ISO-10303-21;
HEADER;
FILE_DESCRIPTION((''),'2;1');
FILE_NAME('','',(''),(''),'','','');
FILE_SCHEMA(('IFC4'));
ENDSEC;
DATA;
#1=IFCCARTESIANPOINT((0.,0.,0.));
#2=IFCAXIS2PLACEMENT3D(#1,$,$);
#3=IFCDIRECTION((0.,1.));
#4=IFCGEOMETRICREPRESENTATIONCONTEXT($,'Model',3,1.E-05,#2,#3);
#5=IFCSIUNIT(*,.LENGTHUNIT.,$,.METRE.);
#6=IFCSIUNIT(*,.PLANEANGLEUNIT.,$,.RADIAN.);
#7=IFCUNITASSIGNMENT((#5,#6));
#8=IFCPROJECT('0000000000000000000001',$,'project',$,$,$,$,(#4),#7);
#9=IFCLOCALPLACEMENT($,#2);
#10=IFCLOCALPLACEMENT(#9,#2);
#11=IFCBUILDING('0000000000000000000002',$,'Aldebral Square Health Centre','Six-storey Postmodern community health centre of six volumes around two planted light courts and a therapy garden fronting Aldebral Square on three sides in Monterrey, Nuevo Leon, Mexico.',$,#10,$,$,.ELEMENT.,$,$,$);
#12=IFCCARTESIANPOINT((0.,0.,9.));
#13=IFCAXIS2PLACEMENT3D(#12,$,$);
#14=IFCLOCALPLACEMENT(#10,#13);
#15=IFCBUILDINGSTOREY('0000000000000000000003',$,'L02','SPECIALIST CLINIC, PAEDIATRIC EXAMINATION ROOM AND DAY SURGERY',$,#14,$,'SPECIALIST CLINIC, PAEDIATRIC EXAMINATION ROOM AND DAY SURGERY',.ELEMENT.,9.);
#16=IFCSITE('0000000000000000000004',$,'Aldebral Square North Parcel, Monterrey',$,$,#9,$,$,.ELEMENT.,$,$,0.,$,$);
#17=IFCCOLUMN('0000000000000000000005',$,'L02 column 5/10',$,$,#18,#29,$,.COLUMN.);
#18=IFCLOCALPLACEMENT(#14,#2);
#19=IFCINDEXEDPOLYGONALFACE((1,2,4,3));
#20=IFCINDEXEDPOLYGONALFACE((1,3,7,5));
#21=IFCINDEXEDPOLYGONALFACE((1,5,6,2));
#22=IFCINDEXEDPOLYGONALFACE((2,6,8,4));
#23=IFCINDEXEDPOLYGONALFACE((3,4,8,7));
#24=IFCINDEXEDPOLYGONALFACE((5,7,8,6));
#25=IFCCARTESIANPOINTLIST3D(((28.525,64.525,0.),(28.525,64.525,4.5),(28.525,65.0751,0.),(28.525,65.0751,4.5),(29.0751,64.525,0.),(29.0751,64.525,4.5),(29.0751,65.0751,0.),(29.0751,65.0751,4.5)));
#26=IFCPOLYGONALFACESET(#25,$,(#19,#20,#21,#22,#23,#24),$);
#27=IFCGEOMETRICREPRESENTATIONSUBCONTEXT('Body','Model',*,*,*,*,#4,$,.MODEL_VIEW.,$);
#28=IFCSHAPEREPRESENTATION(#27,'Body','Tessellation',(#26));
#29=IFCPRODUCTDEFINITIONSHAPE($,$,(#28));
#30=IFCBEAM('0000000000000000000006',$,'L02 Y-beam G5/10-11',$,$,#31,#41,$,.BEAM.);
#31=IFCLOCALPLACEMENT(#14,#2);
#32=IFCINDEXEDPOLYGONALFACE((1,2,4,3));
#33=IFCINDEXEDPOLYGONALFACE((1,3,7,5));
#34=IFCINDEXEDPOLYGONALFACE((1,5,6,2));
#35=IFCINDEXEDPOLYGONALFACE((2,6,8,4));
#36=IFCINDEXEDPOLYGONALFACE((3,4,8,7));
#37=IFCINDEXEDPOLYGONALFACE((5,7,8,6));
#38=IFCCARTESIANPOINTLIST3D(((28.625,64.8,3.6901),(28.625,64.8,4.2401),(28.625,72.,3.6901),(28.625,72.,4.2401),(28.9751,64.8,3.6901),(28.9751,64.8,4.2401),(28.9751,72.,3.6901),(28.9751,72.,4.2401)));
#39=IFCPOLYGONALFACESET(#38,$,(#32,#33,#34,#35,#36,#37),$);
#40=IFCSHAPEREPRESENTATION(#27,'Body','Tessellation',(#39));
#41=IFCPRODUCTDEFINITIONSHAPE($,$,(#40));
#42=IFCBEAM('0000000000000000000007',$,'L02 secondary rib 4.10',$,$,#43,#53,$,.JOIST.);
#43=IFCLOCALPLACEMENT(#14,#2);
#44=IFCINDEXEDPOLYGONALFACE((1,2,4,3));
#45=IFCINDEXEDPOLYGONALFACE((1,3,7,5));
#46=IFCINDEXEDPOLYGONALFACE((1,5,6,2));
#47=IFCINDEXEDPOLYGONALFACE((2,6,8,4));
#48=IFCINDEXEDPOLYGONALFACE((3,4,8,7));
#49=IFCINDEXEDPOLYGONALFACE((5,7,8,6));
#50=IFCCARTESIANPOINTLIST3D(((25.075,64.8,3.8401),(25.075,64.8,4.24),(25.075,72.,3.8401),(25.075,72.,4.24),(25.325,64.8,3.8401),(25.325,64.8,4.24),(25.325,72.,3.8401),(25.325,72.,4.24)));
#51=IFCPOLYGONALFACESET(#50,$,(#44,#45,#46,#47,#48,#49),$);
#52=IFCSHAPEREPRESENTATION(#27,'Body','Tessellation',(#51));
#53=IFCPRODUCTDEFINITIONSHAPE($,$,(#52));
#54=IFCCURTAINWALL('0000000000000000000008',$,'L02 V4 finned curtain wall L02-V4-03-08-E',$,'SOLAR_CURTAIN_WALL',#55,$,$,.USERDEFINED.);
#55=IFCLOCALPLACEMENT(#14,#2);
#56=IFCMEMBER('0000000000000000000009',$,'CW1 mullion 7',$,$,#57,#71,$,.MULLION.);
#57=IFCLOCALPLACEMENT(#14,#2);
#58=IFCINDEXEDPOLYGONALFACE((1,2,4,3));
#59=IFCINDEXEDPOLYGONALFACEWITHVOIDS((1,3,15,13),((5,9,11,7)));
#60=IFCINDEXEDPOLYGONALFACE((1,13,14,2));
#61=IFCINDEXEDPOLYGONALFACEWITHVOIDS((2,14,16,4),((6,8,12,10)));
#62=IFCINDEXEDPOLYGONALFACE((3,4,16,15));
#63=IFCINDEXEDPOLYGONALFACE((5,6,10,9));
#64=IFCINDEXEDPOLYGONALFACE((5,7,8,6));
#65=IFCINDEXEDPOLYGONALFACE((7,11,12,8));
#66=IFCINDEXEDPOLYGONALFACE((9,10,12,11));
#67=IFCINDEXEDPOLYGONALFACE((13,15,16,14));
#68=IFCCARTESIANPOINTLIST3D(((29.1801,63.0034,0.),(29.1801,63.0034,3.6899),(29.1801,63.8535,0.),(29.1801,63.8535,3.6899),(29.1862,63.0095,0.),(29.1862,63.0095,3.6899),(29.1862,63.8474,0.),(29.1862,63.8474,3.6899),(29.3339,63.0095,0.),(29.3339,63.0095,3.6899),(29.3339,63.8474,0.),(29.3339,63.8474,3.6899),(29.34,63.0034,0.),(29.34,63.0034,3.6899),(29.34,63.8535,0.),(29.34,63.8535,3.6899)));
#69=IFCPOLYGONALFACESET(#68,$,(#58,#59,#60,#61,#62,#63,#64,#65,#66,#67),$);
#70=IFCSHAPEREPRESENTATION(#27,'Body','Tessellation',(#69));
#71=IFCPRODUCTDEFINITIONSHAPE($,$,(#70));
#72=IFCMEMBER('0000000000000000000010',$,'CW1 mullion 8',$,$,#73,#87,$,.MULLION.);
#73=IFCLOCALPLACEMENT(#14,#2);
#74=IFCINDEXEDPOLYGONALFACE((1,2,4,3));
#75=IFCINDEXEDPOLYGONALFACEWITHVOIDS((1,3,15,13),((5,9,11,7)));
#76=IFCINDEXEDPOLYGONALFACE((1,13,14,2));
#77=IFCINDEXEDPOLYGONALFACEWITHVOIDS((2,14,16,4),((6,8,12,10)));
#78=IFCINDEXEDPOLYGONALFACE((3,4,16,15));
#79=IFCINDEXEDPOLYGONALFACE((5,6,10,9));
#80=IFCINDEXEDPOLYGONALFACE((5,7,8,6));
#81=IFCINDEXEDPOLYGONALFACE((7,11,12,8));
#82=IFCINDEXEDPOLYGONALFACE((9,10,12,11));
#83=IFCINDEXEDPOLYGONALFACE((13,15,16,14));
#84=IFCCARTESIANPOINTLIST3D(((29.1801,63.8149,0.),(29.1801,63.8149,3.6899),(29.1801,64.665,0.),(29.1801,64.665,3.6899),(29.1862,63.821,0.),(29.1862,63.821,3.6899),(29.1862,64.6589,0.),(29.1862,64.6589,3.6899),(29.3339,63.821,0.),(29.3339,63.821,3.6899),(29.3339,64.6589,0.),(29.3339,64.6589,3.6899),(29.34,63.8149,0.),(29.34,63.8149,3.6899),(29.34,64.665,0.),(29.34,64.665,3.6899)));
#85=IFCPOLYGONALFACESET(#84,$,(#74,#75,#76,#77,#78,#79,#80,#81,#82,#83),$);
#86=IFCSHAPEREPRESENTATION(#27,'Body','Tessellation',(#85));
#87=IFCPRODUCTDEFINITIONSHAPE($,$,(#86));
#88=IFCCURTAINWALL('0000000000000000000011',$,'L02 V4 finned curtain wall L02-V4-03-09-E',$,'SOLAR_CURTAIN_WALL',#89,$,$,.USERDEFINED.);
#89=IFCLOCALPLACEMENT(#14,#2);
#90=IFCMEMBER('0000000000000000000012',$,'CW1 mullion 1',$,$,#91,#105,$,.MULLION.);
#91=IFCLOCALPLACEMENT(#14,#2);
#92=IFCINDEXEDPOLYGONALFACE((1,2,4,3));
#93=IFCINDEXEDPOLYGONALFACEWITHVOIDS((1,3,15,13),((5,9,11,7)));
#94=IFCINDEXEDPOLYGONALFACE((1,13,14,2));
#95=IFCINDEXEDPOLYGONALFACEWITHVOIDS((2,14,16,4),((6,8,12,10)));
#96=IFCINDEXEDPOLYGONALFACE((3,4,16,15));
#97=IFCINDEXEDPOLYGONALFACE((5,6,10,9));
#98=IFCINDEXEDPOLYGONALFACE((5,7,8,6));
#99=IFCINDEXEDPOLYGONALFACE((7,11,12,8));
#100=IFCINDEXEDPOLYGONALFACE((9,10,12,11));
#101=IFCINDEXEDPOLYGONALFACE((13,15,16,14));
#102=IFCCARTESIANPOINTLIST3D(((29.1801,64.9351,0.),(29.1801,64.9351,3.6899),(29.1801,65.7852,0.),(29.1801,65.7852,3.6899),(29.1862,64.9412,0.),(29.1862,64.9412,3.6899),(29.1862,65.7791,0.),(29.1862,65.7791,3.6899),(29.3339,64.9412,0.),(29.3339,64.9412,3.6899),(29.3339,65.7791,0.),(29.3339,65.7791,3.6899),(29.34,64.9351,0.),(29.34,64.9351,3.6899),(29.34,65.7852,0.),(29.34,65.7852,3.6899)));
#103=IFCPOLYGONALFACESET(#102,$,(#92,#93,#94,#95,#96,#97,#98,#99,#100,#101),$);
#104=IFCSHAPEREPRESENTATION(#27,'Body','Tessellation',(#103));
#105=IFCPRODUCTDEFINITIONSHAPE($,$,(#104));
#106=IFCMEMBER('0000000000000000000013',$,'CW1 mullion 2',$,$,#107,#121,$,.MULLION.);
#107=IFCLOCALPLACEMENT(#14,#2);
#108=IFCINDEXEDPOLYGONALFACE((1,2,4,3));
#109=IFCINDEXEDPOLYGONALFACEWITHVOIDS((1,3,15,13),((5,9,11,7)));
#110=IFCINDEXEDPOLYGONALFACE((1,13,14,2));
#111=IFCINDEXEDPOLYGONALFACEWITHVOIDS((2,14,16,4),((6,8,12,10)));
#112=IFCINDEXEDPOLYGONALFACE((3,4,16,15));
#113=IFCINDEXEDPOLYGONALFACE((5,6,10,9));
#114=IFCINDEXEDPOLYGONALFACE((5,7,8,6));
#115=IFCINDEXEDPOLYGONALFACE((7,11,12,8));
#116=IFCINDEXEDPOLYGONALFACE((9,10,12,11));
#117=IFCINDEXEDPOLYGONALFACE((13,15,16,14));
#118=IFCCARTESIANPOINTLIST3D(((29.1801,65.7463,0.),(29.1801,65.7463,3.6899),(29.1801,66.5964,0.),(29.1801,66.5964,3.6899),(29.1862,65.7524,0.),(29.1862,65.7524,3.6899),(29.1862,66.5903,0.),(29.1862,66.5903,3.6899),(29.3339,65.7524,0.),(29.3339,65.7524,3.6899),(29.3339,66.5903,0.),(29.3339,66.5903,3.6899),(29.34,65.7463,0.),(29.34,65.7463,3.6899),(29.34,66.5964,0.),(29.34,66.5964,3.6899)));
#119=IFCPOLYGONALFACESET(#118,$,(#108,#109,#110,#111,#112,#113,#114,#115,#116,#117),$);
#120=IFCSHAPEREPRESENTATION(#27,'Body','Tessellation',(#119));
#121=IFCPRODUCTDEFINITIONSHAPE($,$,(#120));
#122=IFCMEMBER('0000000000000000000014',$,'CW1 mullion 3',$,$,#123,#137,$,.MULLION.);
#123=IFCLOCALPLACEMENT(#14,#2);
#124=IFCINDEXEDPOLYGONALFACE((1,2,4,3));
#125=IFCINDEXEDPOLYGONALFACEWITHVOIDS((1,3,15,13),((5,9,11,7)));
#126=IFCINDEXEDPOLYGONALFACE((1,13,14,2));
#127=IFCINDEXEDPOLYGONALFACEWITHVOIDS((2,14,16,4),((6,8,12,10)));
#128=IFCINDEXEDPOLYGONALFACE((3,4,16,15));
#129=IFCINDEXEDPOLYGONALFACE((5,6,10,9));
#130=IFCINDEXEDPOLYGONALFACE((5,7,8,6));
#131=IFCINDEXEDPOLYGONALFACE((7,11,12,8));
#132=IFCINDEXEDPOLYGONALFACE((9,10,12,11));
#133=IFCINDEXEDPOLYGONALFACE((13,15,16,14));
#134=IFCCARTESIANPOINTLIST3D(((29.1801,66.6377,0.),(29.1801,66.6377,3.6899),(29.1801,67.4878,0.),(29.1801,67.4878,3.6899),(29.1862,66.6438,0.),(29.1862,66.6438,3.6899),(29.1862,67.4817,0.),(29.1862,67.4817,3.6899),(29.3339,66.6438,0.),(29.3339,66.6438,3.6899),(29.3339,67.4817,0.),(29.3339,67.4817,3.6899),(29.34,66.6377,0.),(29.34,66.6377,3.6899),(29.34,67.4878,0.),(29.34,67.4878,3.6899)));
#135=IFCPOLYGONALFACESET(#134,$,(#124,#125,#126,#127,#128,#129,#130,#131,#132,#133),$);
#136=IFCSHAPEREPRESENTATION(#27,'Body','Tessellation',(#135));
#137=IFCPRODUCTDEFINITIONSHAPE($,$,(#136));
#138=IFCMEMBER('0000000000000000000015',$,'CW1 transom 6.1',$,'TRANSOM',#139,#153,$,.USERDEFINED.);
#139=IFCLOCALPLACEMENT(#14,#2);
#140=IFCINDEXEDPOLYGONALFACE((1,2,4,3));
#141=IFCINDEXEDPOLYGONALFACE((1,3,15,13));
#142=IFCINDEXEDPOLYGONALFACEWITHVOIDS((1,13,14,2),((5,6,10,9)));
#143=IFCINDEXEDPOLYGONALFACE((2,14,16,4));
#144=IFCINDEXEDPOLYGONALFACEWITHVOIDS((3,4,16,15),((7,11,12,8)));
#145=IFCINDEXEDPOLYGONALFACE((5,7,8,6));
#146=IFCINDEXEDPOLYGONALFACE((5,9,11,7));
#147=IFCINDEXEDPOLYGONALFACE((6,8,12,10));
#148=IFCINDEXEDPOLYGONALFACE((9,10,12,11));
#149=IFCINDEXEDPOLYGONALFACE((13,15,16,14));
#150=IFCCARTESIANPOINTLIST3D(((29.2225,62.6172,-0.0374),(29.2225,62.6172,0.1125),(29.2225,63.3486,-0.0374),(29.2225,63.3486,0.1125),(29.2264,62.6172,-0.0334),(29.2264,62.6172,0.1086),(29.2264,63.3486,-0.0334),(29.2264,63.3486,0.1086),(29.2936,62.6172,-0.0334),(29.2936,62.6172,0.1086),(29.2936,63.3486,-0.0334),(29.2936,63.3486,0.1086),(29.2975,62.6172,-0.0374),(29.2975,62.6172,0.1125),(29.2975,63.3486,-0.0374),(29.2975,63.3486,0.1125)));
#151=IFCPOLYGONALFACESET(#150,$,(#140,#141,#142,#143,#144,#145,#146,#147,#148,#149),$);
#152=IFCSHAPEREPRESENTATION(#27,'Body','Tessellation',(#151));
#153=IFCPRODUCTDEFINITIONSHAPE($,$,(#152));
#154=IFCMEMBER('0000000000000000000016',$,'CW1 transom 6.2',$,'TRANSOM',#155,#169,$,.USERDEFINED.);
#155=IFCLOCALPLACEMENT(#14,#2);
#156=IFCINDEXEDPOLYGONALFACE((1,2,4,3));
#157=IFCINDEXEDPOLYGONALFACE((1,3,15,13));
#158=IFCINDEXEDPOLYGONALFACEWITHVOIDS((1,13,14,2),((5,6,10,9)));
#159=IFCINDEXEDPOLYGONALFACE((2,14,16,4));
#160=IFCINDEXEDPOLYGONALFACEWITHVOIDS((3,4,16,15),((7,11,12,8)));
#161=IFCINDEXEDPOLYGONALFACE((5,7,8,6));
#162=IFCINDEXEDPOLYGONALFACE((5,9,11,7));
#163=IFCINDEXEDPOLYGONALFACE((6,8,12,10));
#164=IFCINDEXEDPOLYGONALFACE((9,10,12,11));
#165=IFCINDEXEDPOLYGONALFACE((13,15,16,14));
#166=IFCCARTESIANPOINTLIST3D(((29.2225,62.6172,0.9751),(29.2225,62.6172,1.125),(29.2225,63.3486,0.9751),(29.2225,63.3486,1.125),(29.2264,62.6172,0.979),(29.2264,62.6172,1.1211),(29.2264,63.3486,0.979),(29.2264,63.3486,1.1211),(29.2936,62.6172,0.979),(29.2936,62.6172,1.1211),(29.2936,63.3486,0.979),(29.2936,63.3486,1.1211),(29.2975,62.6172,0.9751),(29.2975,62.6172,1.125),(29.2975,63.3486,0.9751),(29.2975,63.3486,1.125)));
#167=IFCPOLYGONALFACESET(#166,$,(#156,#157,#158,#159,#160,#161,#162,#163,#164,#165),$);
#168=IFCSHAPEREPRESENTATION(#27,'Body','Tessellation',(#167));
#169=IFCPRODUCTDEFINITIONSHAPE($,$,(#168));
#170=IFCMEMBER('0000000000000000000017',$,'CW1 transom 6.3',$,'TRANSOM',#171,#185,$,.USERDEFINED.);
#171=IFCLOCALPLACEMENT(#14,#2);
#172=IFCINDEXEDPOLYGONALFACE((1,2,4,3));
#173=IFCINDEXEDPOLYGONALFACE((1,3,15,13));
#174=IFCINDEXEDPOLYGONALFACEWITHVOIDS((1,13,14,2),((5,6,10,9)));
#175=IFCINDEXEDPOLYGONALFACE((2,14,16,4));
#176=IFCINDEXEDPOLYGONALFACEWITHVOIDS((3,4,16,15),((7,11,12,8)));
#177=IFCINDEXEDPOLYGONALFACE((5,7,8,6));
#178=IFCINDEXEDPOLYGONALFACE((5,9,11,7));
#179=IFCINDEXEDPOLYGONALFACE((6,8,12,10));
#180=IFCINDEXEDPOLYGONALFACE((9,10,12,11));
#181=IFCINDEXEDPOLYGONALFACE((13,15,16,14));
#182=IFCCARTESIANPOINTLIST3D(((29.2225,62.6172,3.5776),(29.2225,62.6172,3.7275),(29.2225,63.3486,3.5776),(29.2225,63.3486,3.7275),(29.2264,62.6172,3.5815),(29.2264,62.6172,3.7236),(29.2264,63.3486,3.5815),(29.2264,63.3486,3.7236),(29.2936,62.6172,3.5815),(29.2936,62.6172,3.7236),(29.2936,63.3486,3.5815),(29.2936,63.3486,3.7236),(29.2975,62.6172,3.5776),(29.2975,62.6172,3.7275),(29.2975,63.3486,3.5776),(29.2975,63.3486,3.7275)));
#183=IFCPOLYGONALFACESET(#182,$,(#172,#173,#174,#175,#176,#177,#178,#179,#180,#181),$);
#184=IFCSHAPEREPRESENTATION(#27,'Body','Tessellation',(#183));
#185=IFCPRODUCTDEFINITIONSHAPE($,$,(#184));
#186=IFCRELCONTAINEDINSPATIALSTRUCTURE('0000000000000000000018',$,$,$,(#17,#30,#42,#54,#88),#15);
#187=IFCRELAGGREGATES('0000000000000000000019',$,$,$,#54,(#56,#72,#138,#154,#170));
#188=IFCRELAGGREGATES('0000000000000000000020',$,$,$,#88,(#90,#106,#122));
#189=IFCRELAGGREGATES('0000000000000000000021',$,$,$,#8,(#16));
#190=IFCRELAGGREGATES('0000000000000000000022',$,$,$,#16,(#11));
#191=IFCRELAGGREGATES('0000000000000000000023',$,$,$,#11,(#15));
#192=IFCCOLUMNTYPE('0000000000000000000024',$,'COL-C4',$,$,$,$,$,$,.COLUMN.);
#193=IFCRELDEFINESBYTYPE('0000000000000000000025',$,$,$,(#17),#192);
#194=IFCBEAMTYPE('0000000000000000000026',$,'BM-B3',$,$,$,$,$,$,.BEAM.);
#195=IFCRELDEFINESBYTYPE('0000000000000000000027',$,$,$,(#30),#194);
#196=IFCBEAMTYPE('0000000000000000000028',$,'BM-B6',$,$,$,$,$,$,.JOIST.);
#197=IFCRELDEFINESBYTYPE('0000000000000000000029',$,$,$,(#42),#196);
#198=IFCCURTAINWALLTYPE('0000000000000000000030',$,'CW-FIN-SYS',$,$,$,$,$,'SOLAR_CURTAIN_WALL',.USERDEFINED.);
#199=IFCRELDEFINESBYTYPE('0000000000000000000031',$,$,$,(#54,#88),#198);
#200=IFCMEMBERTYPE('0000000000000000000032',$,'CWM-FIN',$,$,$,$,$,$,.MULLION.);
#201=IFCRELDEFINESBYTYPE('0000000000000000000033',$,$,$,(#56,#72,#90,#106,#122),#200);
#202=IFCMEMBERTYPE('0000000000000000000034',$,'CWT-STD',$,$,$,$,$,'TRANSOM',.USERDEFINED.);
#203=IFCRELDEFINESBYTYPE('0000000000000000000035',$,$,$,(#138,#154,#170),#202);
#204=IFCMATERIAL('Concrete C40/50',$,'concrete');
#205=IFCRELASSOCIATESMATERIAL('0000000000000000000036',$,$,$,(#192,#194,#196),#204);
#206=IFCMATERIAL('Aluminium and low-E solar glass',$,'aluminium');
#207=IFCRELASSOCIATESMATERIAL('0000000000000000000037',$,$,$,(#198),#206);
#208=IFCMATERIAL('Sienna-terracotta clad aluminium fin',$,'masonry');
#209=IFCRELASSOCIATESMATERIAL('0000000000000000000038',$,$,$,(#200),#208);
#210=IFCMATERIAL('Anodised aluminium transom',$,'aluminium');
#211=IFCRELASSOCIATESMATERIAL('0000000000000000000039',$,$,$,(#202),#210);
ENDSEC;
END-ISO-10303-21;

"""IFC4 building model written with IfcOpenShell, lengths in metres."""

from ifc_helpers import new_model, si_unit, direction, frame, origin, origin_2d, place, context, subcontext, project, spatial, rectangle, hollow_rectangle, extrude, material, material_profile, profile_set, type_object, element, aggregate, save


model = new_model("IFC4")

# Units and contexts
model_context = context("Model", 3, precision=1e-05, world=origin(), true_north=direction((0.0, 1.0)))
body_context = subcontext(model_context, "Body", "Model", "MODEL_VIEW")
ifc_project = project(units=[si_unit("LENGTHUNIT", "METRE"), si_unit("PLANEANGLEUNIT", "RADIAN")], contexts=[model_context])

# Site, building, storey
site_placement = place(None, origin())
site = spatial("IfcSite", under=ifc_project, at=site_placement, Name="Aldebral Square North Parcel, Monterrey", CompositionType="ELEMENT", RefElevation=0.0)
building_placement = place(site_placement, origin())
building = spatial("IfcBuilding", under=site, at=building_placement, Name="Aldebral Square Health Centre", Description="Six-storey Postmodern community health centre of six volumes around two planted light courts and a therapy garden fronting Aldebral Square on three sides in Monterrey, Nuevo Leon, Mexico.", CompositionType="ELEMENT")
storey_placement = place(building_placement, frame((0.0, 0.0, 9.0)))
storey = spatial("IfcBuildingStorey", under=building, at=storey_placement, Name="L02", Description="SPECIALIST CLINIC, PAEDIATRIC EXAMINATION ROOM AND DAY SURGERY", LongName="SPECIALIST CLINIC, PAEDIATRIC EXAMINATION ROOM AND DAY SURGERY", CompositionType="ELEMENT", Elevation=9.0)

# Column
ifc_material_1 = material(Name="Concrete C40/50", Category="concrete")
ifc_material_profile_1 = material_profile(ifc_material_1, rectangle(XDim=0.55, YDim=0.55, at=origin_2d()), Name="RC 550x550")
ifc_profile_set_1 = profile_set([ifc_material_profile_1], Name="Concrete C40/50")
column_type = type_object("IfcColumnType", Name="COL-C4", PredefinedType="COLUMN", material=ifc_profile_set_1)
column_placement = place(storey_placement, frame((28.8, 64.8, 0.0), z_axis=(0.0, 0.0, 1.0), x_axis=(1.0, 0.0, 0.0)))
element("IfcColumn", 1, at=column_placement, inside=storey, type_object=column_type, Name="L02 column 5/10", PredefinedType="COLUMN", context=body_context, shape_type="SweptSolid", body=[
    extrude(rectangle(XDim=0.55, YDim=0.55, at=origin_2d()), origin(), (0.0, 0.0, 1.0), 4.5),
])

# Beams
ifc_material_profile_2 = material_profile(ifc_material_1, rectangle(XDim=0.3501, YDim=0.55, at=origin_2d()), Name="RC 350x550")
ifc_profile_set_2 = profile_set([ifc_material_profile_2], Name="Concrete C40/50")
beam_type_1 = type_object("IfcBeamType", Name="BM-B3", PredefinedType="BEAM", material=ifc_profile_set_2)
beam_1_placement = place(storey_placement, frame((28.8, 64.8, 3.9651), z_axis=(0.0, 1.0, 0.0), x_axis=(-1.0, 0.0, 0.0)))
element("IfcBeam", 2, at=beam_1_placement, inside=storey, type_object=beam_type_1, Name="L02 Y-beam G5/10-11", PredefinedType="BEAM", context=body_context, shape_type="SweptSolid", body=[
    extrude(rectangle(XDim=0.3501, YDim=0.55, at=origin_2d()), origin(), (0.0, 0.0, 1.0), 7.2),
])
ifc_material_profile_3 = material_profile(ifc_material_1, rectangle(XDim=0.25, YDim=0.3999, at=origin_2d()), Name="RC 250x400")
ifc_profile_set_3 = profile_set([ifc_material_profile_3], Name="Concrete C40/50")
beam_type_2 = type_object("IfcBeamType", Name="BM-B6", PredefinedType="JOIST", material=ifc_profile_set_3)
beam_2_placement = place(storey_placement, frame((25.2, 64.8, 4.04), z_axis=(0.0, 1.0, 0.0), x_axis=(-1.0, 0.0, 0.0)))
element("IfcBeam", 3, at=beam_2_placement, inside=storey, type_object=beam_type_2, Name="L02 secondary rib 4.10", PredefinedType="JOIST", context=body_context, shape_type="SweptSolid", body=[
    extrude(rectangle(XDim=0.25, YDim=0.3999, at=origin_2d()), origin(), (0.0, 0.0, 1.0), 7.2),
])

# Curtain walls, members
ifc_material_2 = material(Name="Aluminium and low-E solar glass", Category="aluminium")
curtain_wall_type = type_object("IfcCurtainWallType", Name="CW-FIN-SYS", ElementType="SOLAR_CURTAIN_WALL", PredefinedType="USERDEFINED", material=ifc_material_2)
curtain_wall_1_placement = place(storey_placement, origin())
curtain_wall_1 = element("IfcCurtainWall", 4, at=curtain_wall_1_placement, inside=storey, type_object=curtain_wall_type, Name="L02 V4 finned curtain wall L02-V4-03-08-E", ObjectType="SOLAR_CURTAIN_WALL", PredefinedType="USERDEFINED")
ifc_material_3 = material(Name="Sienna-terracotta clad aluminium fin", Category="masonry")
ifc_material_profile_4 = material_profile(ifc_material_3, hollow_rectangle(XDim=0.1599, YDim=0.8501, WallThickness=0.0061, at=origin_2d()), Name="FIN 160x850x6")
ifc_profile_set_4 = profile_set([ifc_material_profile_4], Name="Sienna-terracotta clad aluminium fin")
member_type_1 = type_object("IfcMemberType", Name="CWM-FIN", PredefinedType="MULLION", material=ifc_profile_set_4)
member_1_placement = place(storey_placement, frame((29.26, 63.4285, 0.0), z_axis=(0.0, 0.0, 1.0), x_axis=(-1.0, 0.0, 0.0)))
member_1 = element("IfcMember", 5, at=member_1_placement, type_object=member_type_1, Name="CW1 mullion 7", PredefinedType="MULLION", context=body_context, shape_type="SweptSolid", body=[
    extrude(hollow_rectangle(XDim=0.1599, YDim=0.8501, WallThickness=0.0061, at=origin_2d()), origin(), (0.0, 0.0, 1.0), 3.6899),
])
member_2_placement = place(storey_placement, frame((29.26, 64.24, 0.0), z_axis=(0.0, 0.0, 1.0), x_axis=(-1.0, 0.0, 0.0)))
member_2 = element("IfcMember", 6, at=member_2_placement, type_object=member_type_1, Name="CW1 mullion 8", PredefinedType="MULLION", context=body_context, shape_type="SweptSolid", body=[
    extrude(hollow_rectangle(XDim=0.1599, YDim=0.8501, WallThickness=0.0061, at=origin_2d()), origin(), (0.0, 0.0, 1.0), 3.6899),
])
curtain_wall_2_placement = place(storey_placement, origin())
curtain_wall_2 = element("IfcCurtainWall", 7, at=curtain_wall_2_placement, inside=storey, type_object=curtain_wall_type, Name="L02 V4 finned curtain wall L02-V4-03-09-E", ObjectType="SOLAR_CURTAIN_WALL", PredefinedType="USERDEFINED")
member_3_placement = place(storey_placement, frame((29.26, 65.3601, 0.0), z_axis=(0.0, 0.0, 1.0), x_axis=(-1.0, 0.0, 0.0)))
member_3 = element("IfcMember", 8, at=member_3_placement, type_object=member_type_1, Name="CW1 mullion 1", PredefinedType="MULLION", context=body_context, shape_type="SweptSolid", body=[
    extrude(hollow_rectangle(XDim=0.1599, YDim=0.8501, WallThickness=0.0061, at=origin_2d()), origin(), (0.0, 0.0, 1.0), 3.6899),
])
member_4_placement = place(storey_placement, frame((29.26, 66.1714, 0.0), z_axis=(0.0, 0.0, 1.0), x_axis=(-1.0, 0.0, 0.0)))
member_4 = element("IfcMember", 9, at=member_4_placement, type_object=member_type_1, Name="CW1 mullion 2", PredefinedType="MULLION", context=body_context, shape_type="SweptSolid", body=[
    extrude(hollow_rectangle(XDim=0.1599, YDim=0.8501, WallThickness=0.0061, at=origin_2d()), origin(), (0.0, 0.0, 1.0), 3.6899),
])
member_5_placement = place(storey_placement, frame((29.26, 67.0627, 0.0), z_axis=(0.0, 0.0, 1.0), x_axis=(-1.0, 0.0, 0.0)))
member_5 = element("IfcMember", 10, at=member_5_placement, type_object=member_type_1, Name="CW1 mullion 3", PredefinedType="MULLION", context=body_context, shape_type="SweptSolid", body=[
    extrude(hollow_rectangle(XDim=0.1599, YDim=0.8501, WallThickness=0.0061, at=origin_2d()), origin(), (0.0, 0.0, 1.0), 3.6899),
])

# Members
ifc_material_4 = material(Name="Anodised aluminium transom", Category="aluminium")
ifc_material_profile_5 = material_profile(ifc_material_4, hollow_rectangle(XDim=0.075, YDim=0.1499, WallThickness=0.0039, at=origin_2d()), Name="CWT 75x150x4")
ifc_profile_set_5 = profile_set([ifc_material_profile_5], Name="Anodised aluminium transom")
member_type_2 = type_object("IfcMemberType", Name="CWT-STD", ElementType="TRANSOM", PredefinedType="USERDEFINED", material=ifc_profile_set_5)
member_6_placement = place(storey_placement, frame((29.26, 62.6172, 0.0376), z_axis=(0.0, 1.0, 0.0), x_axis=(-1.0, 0.0, 0.0)))
member_6 = element("IfcMember", 11, at=member_6_placement, type_object=member_type_2, Name="CW1 transom 6.1", ObjectType="TRANSOM", PredefinedType="USERDEFINED", context=body_context, shape_type="SweptSolid", body=[
    extrude(hollow_rectangle(XDim=0.075, YDim=0.1499, WallThickness=0.0039, at=origin_2d()), origin(), (0.0, 0.0, 1.0), 0.7314),
])
member_7_placement = place(storey_placement, frame((29.26, 62.6172, 1.05), z_axis=(0.0, 1.0, 0.0), x_axis=(-1.0, 0.0, 0.0)))
member_7 = element("IfcMember", 12, at=member_7_placement, type_object=member_type_2, Name="CW1 transom 6.2", ObjectType="TRANSOM", PredefinedType="USERDEFINED", context=body_context, shape_type="SweptSolid", body=[
    extrude(hollow_rectangle(XDim=0.075, YDim=0.1499, WallThickness=0.0039, at=origin_2d()), origin(), (0.0, 0.0, 1.0), 0.7314),
])
member_8_placement = place(storey_placement, frame((29.26, 62.6172, 3.6526), z_axis=(0.0, 1.0, 0.0), x_axis=(-1.0, 0.0, 0.0)))
member_8 = element("IfcMember", 13, at=member_8_placement, type_object=member_type_2, Name="CW1 transom 6.3", ObjectType="TRANSOM", PredefinedType="USERDEFINED", context=body_context, shape_type="SweptSolid", body=[
    extrude(hollow_rectangle(XDim=0.075, YDim=0.1499, WallThickness=0.0039, at=origin_2d()), origin(), (0.0, 0.0, 1.0), 0.7314),
])

aggregate(curtain_wall_1, [member_1, member_2, member_6, member_7, member_8])
aggregate(curtain_wall_2, [member_3, member_4, member_5])

save(model, "model.ifc")
